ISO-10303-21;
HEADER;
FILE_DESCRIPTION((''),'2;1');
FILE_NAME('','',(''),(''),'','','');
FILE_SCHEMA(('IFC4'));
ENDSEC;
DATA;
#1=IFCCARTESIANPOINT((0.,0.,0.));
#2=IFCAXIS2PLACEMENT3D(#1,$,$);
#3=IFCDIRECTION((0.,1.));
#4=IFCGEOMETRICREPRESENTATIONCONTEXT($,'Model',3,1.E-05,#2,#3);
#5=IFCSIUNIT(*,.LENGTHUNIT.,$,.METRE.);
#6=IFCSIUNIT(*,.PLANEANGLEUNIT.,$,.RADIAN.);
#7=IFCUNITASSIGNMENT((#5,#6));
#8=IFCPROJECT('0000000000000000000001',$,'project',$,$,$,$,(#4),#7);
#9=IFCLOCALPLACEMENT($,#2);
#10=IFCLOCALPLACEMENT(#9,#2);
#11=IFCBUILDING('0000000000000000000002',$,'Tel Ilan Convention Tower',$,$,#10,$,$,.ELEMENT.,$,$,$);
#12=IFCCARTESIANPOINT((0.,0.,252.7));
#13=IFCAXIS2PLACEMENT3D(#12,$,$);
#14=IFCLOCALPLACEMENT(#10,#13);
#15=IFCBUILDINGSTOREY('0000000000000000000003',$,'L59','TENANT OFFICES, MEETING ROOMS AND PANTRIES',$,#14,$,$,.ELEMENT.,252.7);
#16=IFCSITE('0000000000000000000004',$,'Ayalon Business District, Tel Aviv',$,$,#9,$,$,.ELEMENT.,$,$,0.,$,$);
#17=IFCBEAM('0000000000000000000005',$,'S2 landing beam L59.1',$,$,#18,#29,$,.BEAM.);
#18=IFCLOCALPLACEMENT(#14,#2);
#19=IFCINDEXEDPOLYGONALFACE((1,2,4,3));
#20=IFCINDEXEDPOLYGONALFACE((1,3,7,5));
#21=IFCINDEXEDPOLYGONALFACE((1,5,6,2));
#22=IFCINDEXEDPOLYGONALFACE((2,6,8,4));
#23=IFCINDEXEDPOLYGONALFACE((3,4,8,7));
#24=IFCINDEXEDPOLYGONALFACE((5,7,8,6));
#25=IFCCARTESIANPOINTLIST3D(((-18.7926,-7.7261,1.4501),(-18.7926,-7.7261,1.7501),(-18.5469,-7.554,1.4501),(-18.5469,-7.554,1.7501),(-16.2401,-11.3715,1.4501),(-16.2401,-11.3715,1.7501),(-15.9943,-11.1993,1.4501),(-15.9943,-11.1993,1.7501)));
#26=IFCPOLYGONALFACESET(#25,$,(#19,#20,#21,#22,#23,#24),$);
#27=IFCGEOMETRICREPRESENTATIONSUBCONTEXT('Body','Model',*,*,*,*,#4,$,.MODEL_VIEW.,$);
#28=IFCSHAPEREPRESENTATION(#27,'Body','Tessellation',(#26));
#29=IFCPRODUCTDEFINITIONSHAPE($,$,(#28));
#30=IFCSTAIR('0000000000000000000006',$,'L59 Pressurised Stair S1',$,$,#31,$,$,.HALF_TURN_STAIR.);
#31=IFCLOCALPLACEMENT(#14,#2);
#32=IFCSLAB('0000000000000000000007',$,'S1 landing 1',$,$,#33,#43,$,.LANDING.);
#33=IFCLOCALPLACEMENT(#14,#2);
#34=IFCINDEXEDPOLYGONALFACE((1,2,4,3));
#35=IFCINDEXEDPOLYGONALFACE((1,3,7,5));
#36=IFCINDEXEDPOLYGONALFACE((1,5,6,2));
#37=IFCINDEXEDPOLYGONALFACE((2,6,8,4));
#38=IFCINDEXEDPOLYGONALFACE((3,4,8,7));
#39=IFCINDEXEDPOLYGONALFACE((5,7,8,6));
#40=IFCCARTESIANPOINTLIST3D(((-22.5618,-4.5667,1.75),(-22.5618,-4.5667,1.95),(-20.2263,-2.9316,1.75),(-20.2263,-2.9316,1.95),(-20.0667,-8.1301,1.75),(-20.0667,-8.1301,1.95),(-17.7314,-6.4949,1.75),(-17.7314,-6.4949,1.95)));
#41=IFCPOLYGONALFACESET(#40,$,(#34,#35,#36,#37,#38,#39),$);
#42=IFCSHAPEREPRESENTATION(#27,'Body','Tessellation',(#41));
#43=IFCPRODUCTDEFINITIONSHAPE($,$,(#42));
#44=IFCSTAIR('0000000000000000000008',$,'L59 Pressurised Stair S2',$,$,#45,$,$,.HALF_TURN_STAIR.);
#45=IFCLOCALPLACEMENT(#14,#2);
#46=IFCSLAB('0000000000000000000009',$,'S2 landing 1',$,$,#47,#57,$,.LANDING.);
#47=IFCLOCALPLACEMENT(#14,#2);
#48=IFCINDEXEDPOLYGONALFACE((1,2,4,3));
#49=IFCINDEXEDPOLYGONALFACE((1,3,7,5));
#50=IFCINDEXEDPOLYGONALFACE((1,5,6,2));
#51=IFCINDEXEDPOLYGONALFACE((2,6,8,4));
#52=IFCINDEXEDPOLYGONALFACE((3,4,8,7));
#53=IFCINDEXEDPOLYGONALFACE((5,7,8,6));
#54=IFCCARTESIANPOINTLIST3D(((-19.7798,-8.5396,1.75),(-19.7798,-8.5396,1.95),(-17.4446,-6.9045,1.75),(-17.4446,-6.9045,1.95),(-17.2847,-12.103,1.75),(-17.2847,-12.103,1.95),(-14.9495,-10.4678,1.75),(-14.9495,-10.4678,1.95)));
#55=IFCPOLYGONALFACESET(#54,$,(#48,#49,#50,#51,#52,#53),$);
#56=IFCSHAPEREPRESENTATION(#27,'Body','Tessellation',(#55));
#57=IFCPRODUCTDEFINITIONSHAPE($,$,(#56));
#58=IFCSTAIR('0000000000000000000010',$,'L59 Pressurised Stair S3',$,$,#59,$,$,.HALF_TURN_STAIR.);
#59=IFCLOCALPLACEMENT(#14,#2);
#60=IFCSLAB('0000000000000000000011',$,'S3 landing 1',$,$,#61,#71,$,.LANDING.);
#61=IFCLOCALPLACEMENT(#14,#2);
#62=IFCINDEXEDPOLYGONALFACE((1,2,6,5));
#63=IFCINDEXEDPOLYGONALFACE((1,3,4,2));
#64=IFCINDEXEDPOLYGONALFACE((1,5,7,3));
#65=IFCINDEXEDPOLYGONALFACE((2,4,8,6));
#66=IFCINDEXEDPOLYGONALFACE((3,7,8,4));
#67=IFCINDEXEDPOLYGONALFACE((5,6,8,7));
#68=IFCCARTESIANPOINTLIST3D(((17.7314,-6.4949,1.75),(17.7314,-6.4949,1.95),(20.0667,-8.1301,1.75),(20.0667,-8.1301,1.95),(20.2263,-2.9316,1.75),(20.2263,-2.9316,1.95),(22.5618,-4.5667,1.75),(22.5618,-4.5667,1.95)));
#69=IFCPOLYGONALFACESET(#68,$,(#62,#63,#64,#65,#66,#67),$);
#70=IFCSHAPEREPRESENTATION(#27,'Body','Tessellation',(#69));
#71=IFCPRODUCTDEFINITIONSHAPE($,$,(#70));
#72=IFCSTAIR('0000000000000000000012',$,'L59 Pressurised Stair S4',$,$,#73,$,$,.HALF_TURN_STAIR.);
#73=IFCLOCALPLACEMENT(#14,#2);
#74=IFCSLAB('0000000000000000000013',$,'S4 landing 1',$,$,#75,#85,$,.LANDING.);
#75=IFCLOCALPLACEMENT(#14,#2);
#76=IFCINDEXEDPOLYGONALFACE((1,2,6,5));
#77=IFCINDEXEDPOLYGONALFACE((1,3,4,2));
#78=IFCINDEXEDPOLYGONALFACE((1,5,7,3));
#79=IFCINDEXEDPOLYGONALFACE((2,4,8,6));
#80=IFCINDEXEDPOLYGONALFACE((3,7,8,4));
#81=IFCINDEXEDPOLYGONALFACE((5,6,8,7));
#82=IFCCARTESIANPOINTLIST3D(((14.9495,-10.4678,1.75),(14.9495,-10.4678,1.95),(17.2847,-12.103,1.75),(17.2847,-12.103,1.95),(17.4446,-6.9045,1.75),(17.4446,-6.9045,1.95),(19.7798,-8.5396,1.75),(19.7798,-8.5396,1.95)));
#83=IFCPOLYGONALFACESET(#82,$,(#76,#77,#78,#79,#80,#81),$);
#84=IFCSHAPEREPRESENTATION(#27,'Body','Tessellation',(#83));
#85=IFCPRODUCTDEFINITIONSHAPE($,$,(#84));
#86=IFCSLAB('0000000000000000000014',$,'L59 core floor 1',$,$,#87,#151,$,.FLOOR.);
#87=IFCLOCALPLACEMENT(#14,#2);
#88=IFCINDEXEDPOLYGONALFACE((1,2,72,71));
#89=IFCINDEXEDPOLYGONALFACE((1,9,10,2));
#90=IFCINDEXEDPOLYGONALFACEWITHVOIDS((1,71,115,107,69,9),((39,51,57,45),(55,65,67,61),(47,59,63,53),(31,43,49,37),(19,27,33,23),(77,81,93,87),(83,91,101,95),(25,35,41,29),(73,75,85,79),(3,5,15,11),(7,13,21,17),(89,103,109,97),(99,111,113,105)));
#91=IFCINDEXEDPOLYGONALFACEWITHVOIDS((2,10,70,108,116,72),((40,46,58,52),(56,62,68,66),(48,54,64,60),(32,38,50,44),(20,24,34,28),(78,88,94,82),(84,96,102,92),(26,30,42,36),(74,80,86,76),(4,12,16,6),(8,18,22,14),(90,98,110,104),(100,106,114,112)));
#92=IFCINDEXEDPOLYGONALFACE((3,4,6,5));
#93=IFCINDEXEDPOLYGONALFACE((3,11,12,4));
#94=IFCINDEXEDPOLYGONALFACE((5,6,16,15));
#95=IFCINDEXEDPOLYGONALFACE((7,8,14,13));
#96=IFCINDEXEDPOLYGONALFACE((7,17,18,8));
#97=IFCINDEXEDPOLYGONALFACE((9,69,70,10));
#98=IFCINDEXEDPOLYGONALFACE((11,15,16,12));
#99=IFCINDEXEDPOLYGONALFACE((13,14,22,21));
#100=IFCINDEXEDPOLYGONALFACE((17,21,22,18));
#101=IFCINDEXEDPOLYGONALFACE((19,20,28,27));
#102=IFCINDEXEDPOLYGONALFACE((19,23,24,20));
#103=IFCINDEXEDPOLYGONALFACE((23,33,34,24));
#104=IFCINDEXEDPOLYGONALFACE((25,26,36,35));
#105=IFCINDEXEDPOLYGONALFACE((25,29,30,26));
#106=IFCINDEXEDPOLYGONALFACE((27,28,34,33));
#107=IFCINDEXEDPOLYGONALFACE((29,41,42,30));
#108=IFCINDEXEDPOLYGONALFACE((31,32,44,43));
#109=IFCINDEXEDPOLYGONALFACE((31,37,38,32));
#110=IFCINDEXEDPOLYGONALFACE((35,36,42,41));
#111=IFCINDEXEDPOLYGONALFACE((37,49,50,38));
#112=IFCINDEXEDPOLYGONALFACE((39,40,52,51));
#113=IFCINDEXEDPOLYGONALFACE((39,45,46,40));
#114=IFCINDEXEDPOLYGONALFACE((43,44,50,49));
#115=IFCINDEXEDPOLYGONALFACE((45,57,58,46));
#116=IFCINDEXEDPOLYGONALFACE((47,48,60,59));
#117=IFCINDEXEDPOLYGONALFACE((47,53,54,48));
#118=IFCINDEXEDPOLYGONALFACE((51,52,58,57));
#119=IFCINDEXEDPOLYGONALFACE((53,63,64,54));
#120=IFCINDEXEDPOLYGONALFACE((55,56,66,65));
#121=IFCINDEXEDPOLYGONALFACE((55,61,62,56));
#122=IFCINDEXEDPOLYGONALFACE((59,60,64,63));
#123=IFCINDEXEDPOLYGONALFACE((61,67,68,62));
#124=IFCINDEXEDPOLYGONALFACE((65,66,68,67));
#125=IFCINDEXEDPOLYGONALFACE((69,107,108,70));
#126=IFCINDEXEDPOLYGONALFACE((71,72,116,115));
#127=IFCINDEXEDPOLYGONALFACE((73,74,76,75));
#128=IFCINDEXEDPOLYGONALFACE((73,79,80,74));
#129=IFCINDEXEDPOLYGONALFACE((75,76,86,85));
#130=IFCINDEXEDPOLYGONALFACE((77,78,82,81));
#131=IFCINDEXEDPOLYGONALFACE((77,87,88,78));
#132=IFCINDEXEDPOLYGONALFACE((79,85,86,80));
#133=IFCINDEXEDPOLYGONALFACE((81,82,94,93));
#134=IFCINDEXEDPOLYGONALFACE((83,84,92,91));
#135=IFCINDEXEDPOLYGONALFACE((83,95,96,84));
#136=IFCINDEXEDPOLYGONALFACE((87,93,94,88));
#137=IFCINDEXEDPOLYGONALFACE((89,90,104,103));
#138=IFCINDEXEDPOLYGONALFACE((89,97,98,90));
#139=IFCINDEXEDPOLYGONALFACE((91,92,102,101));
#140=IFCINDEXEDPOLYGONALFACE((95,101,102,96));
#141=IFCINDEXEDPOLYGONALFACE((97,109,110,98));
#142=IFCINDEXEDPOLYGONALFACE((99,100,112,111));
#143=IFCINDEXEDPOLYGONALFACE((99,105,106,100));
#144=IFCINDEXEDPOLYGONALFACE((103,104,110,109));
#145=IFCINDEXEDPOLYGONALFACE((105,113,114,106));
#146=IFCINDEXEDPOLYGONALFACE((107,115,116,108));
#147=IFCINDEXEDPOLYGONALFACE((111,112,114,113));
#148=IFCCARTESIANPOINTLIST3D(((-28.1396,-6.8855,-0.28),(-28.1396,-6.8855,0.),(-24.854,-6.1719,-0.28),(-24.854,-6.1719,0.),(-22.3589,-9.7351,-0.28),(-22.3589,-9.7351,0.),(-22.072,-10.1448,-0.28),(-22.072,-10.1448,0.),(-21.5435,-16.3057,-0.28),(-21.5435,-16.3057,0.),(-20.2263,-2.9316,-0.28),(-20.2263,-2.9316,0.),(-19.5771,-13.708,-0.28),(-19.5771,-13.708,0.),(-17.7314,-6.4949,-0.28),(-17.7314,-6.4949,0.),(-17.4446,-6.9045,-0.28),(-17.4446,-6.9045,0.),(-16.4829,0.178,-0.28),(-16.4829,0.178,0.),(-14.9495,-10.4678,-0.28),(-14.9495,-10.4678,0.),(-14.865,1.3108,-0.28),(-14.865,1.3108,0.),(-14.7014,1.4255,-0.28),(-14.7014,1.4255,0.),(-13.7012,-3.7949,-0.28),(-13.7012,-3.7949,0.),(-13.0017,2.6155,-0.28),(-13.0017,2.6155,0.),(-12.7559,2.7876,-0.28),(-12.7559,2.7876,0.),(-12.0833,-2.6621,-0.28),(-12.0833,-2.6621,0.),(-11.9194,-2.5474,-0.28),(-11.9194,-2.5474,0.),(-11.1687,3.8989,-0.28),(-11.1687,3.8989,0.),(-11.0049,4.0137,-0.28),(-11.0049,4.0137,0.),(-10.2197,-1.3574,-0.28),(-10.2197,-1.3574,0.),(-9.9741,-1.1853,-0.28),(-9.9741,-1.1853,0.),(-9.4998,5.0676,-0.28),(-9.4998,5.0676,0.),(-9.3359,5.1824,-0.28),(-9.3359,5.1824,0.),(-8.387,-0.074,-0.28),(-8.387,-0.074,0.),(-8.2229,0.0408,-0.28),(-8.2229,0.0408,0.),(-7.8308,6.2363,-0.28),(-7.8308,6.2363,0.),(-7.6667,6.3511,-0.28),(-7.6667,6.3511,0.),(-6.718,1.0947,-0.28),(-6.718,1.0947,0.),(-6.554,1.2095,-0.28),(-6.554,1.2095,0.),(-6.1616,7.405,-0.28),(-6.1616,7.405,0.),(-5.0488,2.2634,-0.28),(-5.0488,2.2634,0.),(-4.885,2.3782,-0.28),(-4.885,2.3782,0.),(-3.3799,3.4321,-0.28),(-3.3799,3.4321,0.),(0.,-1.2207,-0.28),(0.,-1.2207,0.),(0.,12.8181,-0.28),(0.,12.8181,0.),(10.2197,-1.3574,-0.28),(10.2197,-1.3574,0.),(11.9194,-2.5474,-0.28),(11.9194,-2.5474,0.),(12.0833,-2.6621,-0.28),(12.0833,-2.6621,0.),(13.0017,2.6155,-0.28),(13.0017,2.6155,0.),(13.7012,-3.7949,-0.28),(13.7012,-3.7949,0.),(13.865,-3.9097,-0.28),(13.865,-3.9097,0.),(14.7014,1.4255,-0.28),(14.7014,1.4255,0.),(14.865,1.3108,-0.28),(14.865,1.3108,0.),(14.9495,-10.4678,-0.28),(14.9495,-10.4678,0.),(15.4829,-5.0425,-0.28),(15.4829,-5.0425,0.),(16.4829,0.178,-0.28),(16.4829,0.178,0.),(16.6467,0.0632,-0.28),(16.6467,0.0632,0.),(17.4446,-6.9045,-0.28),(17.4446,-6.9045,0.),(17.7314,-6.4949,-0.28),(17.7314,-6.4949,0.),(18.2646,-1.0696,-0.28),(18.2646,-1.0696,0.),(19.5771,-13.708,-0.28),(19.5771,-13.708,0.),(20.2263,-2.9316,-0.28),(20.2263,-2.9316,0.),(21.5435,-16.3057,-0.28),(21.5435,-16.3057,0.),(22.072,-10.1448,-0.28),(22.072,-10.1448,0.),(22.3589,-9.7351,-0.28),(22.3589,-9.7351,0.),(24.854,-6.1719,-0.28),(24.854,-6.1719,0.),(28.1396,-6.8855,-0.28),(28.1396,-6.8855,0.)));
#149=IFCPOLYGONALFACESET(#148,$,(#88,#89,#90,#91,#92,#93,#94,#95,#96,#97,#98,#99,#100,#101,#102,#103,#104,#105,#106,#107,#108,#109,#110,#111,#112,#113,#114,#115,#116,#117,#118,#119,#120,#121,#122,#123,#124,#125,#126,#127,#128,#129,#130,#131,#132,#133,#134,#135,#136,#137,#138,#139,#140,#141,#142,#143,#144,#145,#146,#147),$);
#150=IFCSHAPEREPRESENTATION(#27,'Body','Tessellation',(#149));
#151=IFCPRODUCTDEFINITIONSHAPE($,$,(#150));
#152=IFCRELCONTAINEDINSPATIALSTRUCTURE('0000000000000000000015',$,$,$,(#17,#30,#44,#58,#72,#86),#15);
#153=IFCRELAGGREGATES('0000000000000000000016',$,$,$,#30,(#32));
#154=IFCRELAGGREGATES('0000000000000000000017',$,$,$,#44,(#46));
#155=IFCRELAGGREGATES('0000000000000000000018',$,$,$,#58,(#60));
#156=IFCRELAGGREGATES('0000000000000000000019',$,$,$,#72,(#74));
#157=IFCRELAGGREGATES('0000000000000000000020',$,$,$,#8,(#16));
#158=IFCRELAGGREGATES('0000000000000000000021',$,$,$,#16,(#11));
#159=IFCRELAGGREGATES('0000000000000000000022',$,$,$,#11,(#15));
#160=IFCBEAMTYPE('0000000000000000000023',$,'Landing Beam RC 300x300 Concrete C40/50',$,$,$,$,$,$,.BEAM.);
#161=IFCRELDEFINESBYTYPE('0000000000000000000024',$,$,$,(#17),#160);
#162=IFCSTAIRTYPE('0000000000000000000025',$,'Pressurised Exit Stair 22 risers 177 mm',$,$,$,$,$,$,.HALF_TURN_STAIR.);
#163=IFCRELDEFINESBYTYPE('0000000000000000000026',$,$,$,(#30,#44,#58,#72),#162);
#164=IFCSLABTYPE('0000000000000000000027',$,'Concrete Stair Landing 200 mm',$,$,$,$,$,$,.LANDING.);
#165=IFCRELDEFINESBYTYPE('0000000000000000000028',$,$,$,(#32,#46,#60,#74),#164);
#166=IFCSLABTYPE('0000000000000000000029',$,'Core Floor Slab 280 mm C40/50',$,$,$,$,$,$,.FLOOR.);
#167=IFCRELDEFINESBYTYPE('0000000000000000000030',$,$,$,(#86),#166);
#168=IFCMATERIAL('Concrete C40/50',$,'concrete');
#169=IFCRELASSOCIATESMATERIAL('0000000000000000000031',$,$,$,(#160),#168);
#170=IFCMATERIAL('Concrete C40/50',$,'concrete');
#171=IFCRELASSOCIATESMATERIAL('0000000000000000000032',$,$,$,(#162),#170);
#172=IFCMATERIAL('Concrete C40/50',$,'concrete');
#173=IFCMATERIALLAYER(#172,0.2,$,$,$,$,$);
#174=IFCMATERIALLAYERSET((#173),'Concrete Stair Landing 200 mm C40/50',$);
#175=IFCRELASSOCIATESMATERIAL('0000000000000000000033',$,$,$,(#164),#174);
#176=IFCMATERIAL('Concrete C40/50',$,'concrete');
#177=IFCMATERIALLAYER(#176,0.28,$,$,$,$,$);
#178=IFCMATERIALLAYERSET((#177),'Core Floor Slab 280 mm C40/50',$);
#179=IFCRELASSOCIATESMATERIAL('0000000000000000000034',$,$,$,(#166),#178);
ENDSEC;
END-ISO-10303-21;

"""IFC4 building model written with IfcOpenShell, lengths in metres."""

from ifc_helpers import new_model, si_unit, direction, frame, origin, origin_2d, place, context, subcontext, project, spatial, polyline, rectangle, outline, extrude, material, layer, layer_set, material_profile, profile_set, type_object, element, aggregate, save


model = new_model("IFC4")

# Units and contexts
model_context = context("Model", 3, precision=1e-05, world=origin(), true_north=direction((0.0, 1.0)))
body_context = subcontext(model_context, "Body", "Model", "MODEL_VIEW")
ifc_project = project(units=[si_unit("LENGTHUNIT", "METRE"), si_unit("PLANEANGLEUNIT", "RADIAN")], contexts=[model_context])

# Site, building, storey
site_placement = place(None, origin())
site = spatial("IfcSite", under=ifc_project, at=site_placement, Name="Ayalon Business District, Tel Aviv", CompositionType="ELEMENT", RefElevation=0.0)
building_placement = place(site_placement, origin())
building = spatial("IfcBuilding", under=site, at=building_placement, Name="Tel Ilan Convention Tower", CompositionType="ELEMENT")
storey_placement = place(building_placement, frame((0.0, 0.0, 252.7)))
storey = spatial("IfcBuildingStorey", under=building, at=storey_placement, Name="L59", Description="TENANT OFFICES, MEETING ROOMS AND PANTRIES", CompositionType="ELEMENT", Elevation=252.7)

# Beam
ifc_material_1 = material(Name="Concrete C40/50", Category="concrete")
ifc_material_profile = material_profile(ifc_material_1, rectangle(XDim=0.3, YDim=0.3, at=origin_2d()), Name="RC 300x300")
ifc_profile_set = profile_set([ifc_material_profile], Name="Concrete C40/50")
beam_type = type_object("IfcBeamType", Name="Landing Beam RC 300x300 Concrete C40/50", PredefinedType="BEAM", material=ifc_profile_set)
beam_placement = place(storey_placement, frame((-16.1172, -11.2854, 1.6001), z_axis=(-0.573584, 0.819147, 0.0), x_axis=(-0.819147, -0.573584, 0.0)))
element("IfcBeam", 1, at=beam_placement, inside=storey, type_object=beam_type, Name="S2 landing beam L59.1", PredefinedType="BEAM", context=body_context, shape_type="SweptSolid", body=[
    extrude(rectangle(XDim=0.3, YDim=0.3, at=origin_2d()), origin(), (0.0, 0.0, 1.0), 4.4502),
])

# Stairs, slabs
ifc_material_2 = material(Name="Concrete C40/50", Category="concrete")
stair_type = type_object("IfcStairType", Name="Pressurised Exit Stair 22 risers 177 mm", PredefinedType="HALF_TURN_STAIR", material=ifc_material_2)
stair_1_placement = place(storey_placement, origin())
stair_1 = element("IfcStair", 2, at=stair_1_placement, inside=storey, type_object=stair_type, Name="L59 Pressurised Stair S1", PredefinedType="HALF_TURN_STAIR")
ifc_material_3 = material(Name="Concrete C40/50", Category="concrete")
ifc_layer_1 = layer(ifc_material_3, 0.2)
ifc_layer_set_1 = layer_set([ifc_layer_1], Name="Concrete Stair Landing 200 mm C40/50")
slab_type_1 = type_object("IfcSlabType", Name="Concrete Stair Landing 200 mm", PredefinedType="LANDING", material=ifc_layer_set_1)
slab_1_placement = place(storey_placement, frame((0.0, 0.0, 1.75)))
slab_1 = element("IfcSlab", 3, at=slab_1_placement, type_object=slab_type_1, Name="S1 landing 1", PredefinedType="LANDING", context=body_context, shape_type="SweptSolid", body=[
    extrude(outline(polyline([(-20.0667, -8.1301), (-17.7314, -6.4949), (-20.2263, -2.9316), (-22.5618, -4.5667), (-20.0667, -8.1301)])), origin(), (0.0, 0.0, 1.0), 0.2),
])
aggregate(stair_1, [slab_1])
stair_2_placement = place(storey_placement, origin())
stair_2 = element("IfcStair", 4, at=stair_2_placement, inside=storey, type_object=stair_type, Name="L59 Pressurised Stair S2", PredefinedType="HALF_TURN_STAIR")
slab_2_placement = place(storey_placement, frame((0.0, 0.0, 1.75)))
slab_2 = element("IfcSlab", 5, at=slab_2_placement, type_object=slab_type_1, Name="S2 landing 1", PredefinedType="LANDING", context=body_context, shape_type="SweptSolid", body=[
    extrude(outline(polyline([(-17.2847, -12.103), (-14.9495, -10.4678), (-17.4446, -6.9045), (-19.7798, -8.5396), (-17.2847, -12.103)])), origin(), (0.0, 0.0, 1.0), 0.2),
])
aggregate(stair_2, [slab_2])
stair_3_placement = place(storey_placement, origin())
stair_3 = element("IfcStair", 6, at=stair_3_placement, inside=storey, type_object=stair_type, Name="L59 Pressurised Stair S3", PredefinedType="HALF_TURN_STAIR")
slab_3_placement = place(storey_placement, frame((0.0, 0.0, 1.75)))
slab_3 = element("IfcSlab", 7, at=slab_3_placement, type_object=slab_type_1, Name="S3 landing 1", PredefinedType="LANDING", context=body_context, shape_type="SweptSolid", body=[
    extrude(outline(polyline([(22.5618, -4.5667), (20.2263, -2.9316), (17.7314, -6.4949), (20.0667, -8.1301), (22.5618, -4.5667)])), origin(), (0.0, 0.0, 1.0), 0.2),
])
aggregate(stair_3, [slab_3])
stair_4_placement = place(storey_placement, origin())
stair_4 = element("IfcStair", 8, at=stair_4_placement, inside=storey, type_object=stair_type, Name="L59 Pressurised Stair S4", PredefinedType="HALF_TURN_STAIR")
slab_4_placement = place(storey_placement, frame((0.0, 0.0, 1.75)))
slab_4 = element("IfcSlab", 9, at=slab_4_placement, type_object=slab_type_1, Name="S4 landing 1", PredefinedType="LANDING", context=body_context, shape_type="SweptSolid", body=[
    extrude(outline(polyline([(19.7798, -8.5396), (17.4446, -6.9045), (14.9495, -10.4678), (17.2847, -12.103), (19.7798, -8.5396)])), origin(), (0.0, 0.0, 1.0), 0.2),
])
aggregate(stair_4, [slab_4])

# Slab
ifc_material_4 = material(Name="Concrete C40/50", Category="concrete")
ifc_layer_2 = layer(ifc_material_4, 0.28)
ifc_layer_set_2 = layer_set([ifc_layer_2], Name="Core Floor Slab 280 mm C40/50")
slab_type_2 = type_object("IfcSlabType", Name="Core Floor Slab 280 mm C40/50", PredefinedType="FLOOR", material=ifc_layer_set_2)
slab_5_placement = place(storey_placement, frame((0.0, 0.0, -0.28)))
element("IfcSlab", 10, at=slab_5_placement, inside=storey, type_object=slab_type_2, Name="L59 core floor 1", PredefinedType="FLOOR", context=body_context, shape_type="SweptSolid", body=[
    extrude(outline(polyline([(-28.1396, -6.8855), (0.0, 12.8181), (28.1396, -6.8855), (21.5435, -16.3057), (0.0, -1.2207), (-21.5435, -16.3057), (-28.1396, -6.8855)]), holes=[polyline([(-17.4446, -6.9045), (-22.072, -10.1448), (-19.5771, -13.708), (-14.9495, -10.4678), (-17.4446, -6.9045)]), polyline([(-17.7314, -6.4949), (-20.2263, -2.9316), (-24.854, -6.1719), (-22.3589, -9.7351), (-17.7314, -6.4949)]), polyline([(-14.865, 1.3108), (-16.4829, 0.178), (-13.7012, -3.7949), (-12.0833, -2.6621), (-14.865, 1.3108)]), polyline([(-14.7014, 1.4255), (-11.9194, -2.5474), (-10.2197, -1.3574), (-13.0017, 2.6155), (-14.7014, 1.4255)]), polyline([(-11.1687, 3.8989), (-12.7559, 2.7876), (-9.9741, -1.1853), (-8.387, -0.074), (-11.1687, 3.8989)]), polyline([(-9.4998, 5.0676), (-11.0049, 4.0137), (-8.2229, 0.0408), (-6.718, 1.0947), (-9.4998, 5.0676)]), polyline([(-9.3359, 5.1824), (-6.554, 1.2095), (-5.0488, 2.2634), (-7.8308, 6.2363), (-9.3359, 5.1824)]), polyline([(17.4446, -6.9045), (14.9495, -10.4678), (19.5771, -13.708), (22.072, -10.1448), (17.4446, -6.9045)]), polyline([(20.2263, -2.9316), (17.7314, -6.4949), (22.3589, -9.7351), (24.854, -6.1719), (20.2263, -2.9316)]), polyline([(15.4829, -5.0425), (18.2646, -1.0696), (16.6467, 0.0632), (13.865, -3.9097), (15.4829, -5.0425)]), polyline([(13.7012, -3.7949), (16.4829, 0.178), (14.865, 1.3108), (12.0833, -2.6621), (13.7012, -3.7949)]), polyline([(11.9194, -2.5474), (14.7014, 1.4255), (13.0017, 2.6155), (10.2197, -1.3574), (11.9194, -2.5474)]), polyline([(-6.1616, 7.405), (-7.6667, 6.3511), (-4.885, 2.3782), (-3.3799, 3.4321), (-6.1616, 7.405)])]), origin(), (0.0, 0.0, 1.0), 0.28),
])

save(model, "model.ifc")
